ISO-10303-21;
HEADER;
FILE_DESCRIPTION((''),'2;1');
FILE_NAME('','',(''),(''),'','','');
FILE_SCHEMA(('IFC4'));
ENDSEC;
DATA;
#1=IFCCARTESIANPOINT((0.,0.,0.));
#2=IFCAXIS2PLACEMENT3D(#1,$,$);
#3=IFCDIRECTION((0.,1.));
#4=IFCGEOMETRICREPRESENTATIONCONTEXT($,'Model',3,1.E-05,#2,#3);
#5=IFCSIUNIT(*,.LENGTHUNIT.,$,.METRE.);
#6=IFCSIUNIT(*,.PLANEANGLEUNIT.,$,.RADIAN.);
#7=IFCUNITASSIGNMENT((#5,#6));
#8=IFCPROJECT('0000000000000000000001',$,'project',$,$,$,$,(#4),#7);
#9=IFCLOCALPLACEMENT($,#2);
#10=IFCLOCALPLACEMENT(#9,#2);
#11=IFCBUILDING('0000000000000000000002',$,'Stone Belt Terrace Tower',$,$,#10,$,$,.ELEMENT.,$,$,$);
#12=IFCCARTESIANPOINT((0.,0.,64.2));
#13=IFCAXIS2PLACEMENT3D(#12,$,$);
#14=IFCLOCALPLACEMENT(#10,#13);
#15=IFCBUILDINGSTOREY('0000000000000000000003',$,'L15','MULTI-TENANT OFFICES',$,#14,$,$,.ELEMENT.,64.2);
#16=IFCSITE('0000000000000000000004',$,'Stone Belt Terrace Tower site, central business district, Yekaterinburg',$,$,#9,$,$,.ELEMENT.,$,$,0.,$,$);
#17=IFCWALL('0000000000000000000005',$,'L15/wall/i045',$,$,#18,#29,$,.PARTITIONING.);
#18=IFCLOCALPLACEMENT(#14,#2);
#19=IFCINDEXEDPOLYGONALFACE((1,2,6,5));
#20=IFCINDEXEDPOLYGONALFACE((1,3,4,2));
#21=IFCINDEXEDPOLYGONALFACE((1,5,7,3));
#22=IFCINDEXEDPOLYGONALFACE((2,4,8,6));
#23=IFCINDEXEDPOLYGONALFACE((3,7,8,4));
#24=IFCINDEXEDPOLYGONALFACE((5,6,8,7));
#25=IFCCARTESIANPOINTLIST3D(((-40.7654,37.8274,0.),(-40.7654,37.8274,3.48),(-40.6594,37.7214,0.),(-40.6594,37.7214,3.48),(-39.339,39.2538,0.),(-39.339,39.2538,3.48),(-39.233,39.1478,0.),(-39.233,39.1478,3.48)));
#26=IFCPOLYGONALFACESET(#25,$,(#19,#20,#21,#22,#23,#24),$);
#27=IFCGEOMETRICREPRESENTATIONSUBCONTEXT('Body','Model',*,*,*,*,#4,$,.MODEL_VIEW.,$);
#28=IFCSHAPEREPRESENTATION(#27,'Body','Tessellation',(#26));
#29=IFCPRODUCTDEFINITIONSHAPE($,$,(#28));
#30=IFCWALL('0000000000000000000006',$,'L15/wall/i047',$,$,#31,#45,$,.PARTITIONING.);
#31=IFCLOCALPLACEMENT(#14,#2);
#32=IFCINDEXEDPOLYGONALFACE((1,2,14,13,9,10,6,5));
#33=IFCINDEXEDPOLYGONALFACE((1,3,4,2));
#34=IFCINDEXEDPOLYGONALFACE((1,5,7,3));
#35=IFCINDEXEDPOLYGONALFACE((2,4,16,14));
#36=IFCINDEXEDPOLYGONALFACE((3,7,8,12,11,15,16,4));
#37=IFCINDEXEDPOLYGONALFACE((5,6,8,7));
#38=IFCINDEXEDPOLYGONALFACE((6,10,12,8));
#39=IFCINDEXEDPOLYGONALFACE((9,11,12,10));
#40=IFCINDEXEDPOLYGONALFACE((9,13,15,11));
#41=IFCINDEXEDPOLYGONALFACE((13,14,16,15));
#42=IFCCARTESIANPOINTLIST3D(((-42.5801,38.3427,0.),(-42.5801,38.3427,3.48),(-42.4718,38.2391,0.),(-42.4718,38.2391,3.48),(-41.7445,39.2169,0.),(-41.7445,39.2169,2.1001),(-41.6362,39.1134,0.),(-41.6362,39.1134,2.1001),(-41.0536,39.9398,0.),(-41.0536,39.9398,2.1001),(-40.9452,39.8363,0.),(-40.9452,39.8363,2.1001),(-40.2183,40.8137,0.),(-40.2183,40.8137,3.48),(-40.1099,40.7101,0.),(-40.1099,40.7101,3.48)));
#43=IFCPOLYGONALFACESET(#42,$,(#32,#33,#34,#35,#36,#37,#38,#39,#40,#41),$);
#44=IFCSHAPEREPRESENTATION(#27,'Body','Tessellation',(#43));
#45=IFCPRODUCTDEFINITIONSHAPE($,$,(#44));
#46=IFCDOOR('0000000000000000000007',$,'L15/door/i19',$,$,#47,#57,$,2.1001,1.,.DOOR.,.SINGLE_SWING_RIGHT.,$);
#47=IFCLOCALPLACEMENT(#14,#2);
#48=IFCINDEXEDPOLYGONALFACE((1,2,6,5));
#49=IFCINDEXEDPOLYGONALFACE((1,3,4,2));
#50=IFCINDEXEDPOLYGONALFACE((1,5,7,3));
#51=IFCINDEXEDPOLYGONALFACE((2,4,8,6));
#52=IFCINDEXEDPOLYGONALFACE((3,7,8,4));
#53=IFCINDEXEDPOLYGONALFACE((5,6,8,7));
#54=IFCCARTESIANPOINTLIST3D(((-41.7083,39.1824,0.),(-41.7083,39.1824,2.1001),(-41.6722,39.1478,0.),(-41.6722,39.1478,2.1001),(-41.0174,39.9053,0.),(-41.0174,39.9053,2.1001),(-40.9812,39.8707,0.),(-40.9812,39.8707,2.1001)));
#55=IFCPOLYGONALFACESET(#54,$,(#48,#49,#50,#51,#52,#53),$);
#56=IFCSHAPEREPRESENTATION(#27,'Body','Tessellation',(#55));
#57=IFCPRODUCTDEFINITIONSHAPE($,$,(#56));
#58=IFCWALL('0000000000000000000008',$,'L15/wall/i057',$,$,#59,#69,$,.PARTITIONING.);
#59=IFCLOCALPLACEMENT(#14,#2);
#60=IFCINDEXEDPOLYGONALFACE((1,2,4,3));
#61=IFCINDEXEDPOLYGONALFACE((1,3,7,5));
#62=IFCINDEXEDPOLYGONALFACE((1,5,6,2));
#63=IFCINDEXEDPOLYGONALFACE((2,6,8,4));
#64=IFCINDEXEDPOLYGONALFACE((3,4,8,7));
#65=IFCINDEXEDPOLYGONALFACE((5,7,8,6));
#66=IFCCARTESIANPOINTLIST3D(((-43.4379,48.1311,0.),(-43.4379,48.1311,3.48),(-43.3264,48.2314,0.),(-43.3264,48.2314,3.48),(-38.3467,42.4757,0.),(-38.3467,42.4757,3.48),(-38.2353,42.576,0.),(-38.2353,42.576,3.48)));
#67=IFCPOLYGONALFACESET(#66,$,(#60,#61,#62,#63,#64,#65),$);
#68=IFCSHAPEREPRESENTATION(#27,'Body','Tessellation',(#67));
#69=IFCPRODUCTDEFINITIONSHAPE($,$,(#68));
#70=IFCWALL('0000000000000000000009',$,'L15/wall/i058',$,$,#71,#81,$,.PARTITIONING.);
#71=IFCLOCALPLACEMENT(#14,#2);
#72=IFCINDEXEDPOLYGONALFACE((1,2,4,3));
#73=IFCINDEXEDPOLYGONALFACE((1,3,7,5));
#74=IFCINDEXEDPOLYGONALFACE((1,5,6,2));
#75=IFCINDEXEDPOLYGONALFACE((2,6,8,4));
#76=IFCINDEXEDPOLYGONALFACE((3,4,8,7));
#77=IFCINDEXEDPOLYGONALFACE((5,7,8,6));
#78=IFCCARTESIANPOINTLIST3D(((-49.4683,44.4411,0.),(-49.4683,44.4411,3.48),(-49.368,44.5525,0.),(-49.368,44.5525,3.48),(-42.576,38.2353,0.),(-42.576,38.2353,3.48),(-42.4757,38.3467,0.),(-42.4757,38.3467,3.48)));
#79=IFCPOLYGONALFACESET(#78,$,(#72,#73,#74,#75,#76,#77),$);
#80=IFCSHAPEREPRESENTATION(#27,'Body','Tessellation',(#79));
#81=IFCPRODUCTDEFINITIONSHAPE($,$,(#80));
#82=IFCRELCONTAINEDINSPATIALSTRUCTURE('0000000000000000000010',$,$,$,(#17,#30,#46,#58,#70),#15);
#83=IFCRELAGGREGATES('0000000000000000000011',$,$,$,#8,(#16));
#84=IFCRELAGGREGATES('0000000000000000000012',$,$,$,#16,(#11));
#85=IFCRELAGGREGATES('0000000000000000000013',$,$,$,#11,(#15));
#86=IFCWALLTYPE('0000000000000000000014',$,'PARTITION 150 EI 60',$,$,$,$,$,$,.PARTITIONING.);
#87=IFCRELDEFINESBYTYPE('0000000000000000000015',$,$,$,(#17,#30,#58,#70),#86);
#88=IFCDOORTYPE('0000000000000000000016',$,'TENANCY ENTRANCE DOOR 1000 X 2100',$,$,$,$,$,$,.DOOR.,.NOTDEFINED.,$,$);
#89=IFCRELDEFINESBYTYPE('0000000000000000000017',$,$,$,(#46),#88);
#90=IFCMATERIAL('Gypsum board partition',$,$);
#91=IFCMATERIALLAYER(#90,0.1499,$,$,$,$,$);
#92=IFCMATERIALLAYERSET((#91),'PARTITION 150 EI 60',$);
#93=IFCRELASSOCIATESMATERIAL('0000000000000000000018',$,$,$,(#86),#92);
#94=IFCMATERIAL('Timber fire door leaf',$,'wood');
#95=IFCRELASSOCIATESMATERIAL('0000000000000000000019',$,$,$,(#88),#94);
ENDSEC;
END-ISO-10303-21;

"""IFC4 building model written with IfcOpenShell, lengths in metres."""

from ifc_helpers import new_model, si_unit, direction, frame, frame_2d, origin, place, context, subcontext, project, spatial, rectangle, extrude, material, layer, layer_set, type_object, element, fill, save


model = new_model("IFC4")

# Units and contexts
model_context = context("Model", 3, precision=1e-05, world=origin(), true_north=direction((0.0, 1.0)))
body_context = subcontext(model_context, "Body", "Model", "MODEL_VIEW")
ifc_project = project(units=[si_unit("LENGTHUNIT", "METRE"), si_unit("PLANEANGLEUNIT", "RADIAN")], contexts=[model_context])

# Site, building, storey
site_placement = place(None, origin())
site = spatial("IfcSite", under=ifc_project, at=site_placement, Name="Stone Belt Terrace Tower site, central business district, Yekaterinburg", CompositionType="ELEMENT", RefElevation=0.0)
building_placement = place(site_placement, origin())
building = spatial("IfcBuilding", under=site, at=building_placement, Name="Stone Belt Terrace Tower", CompositionType="ELEMENT")
storey_placement = place(building_placement, frame((0.0, 0.0, 64.2)))
storey = spatial("IfcBuildingStorey", under=building, at=storey_placement, Name="L15", Description="MULTI-TENANT OFFICES", CompositionType="ELEMENT", Elevation=64.2)

# Shared definitions
ifc_material_1 = material(Name="Gypsum board partition")

# Shared definitions
ifc_layer_1 = layer(ifc_material_1, 0.1499)
ifc_layer_set_1 = layer_set([ifc_layer_1], Name="PARTITION 150 EI 60")
wall_type_1 = type_object("IfcWallType", Name="PARTITION 150 EI 60", PredefinedType="PARTITIONING", material=ifc_layer_set_1)

# Shared definitions
ifc_material_2 = material(Name="Timber fire door leaf", Category="wood")
door_type_1 = type_object("IfcDoorType", Name="TENANCY ENTRANCE DOOR 1000 X 2100", OperationType="NOTDEFINED", PredefinedType="DOOR", material=ifc_material_2)

# Wall
wall_1_placement = place(storey_placement, frame((-39.2859, 39.2009, 0.0), z_axis=(0.0, 0.0, 1.0), x_axis=(-0.707107, -0.707107, 0.0)))
element("IfcWall", 1, at=wall_1_placement, inside=storey, type_object=wall_type_1, Name="L15/wall/i045", PredefinedType="PARTITIONING", context=body_context, shape_type="SweptSolid", body=[
    extrude(rectangle(XDim=2.0173, YDim=0.1499, at=frame_2d((1.0088, 0.0))), origin(), (0.0, 0.0, 1.0), 3.48),
])

# Wall, opening, door
wall_2_placement = place(storey_placement, frame((-42.5259, 38.291, 0.0), z_axis=(0.0, 0.0, 1.0), x_axis=(0.690963, 0.72289, 0.0)))
wall_2 = element("IfcWall", 2, at=wall_2_placement, inside=storey, type_object=wall_type_1, Name="L15/wall/i047", PredefinedType="PARTITIONING", context=body_context, shape_type="SweptSolid", body=[
    extrude(rectangle(XDim=3.4182, YDim=0.1499, at=frame_2d((1.709, 0.0))), origin(), (0.0, 0.0, 1.0), 3.48),
])
opening_1_placement = place(wall_2_placement, frame((1.2092, 0.0, 0.0)))
opening_1 = element("IfcOpeningElement", 3, at=opening_1_placement, cuts=wall_2, PredefinedType="OPENING", context=body_context, shape_type="SweptSolid", body=[
    extrude(rectangle(XDim=1.0, YDim=2.1001, at=frame_2d((0.5, 1.05))), frame((0.0, 0.085, 0.0), z_axis=(0.0, -1.0, 0.0), x_axis=(1.0, 0.0, 0.0)), (0.0, 0.0, 1.0), 0.1699),
])
door_1_placement = place(opening_1_placement, origin())
door_1 = element("IfcDoor", 4, at=door_1_placement, inside=storey, type_object=door_type_1, Name="L15/door/i19", OperationType="SINGLE_SWING_RIGHT", OverallHeight=2.1001, OverallWidth=1.0, PredefinedType="DOOR", context=body_context, shape_type="SweptSolid", body=[
    extrude(rectangle(XDim=1.0, YDim=2.1001, at=frame_2d((0.5, 1.05))), frame((0.0, 0.0249, 0.0), z_axis=(0.0, -1.0, 0.0), x_axis=(1.0, 0.0, 0.0)), (0.0, 0.0, 1.0), 0.05),
])
fill(opening_1, door_1)

# Walls
wall_3_placement = place(storey_placement, frame((-38.291, 42.5259, 0.0), z_axis=(0.0, 0.0, 1.0), x_axis=(-0.66906, 0.743208, 0.0)))
element("IfcWall", 5, at=wall_3_placement, inside=storey, type_object=wall_type_1, Name="L15/wall/i057", PredefinedType="PARTITIONING", context=body_context, shape_type="SweptSolid", body=[
    extrude(rectangle(XDim=7.6094, YDim=0.1499, at=frame_2d((3.8047, 0.0))), origin(), (0.0, 0.0, 1.0), 3.48),
])
wall_4_placement = place(storey_placement, frame((-42.5259, 38.291, 0.0), z_axis=(0.0, 0.0, 1.0), x_axis=(-0.743149, 0.669126, 0.0)))
element("IfcWall", 6, at=wall_4_placement, inside=storey, type_object=wall_type_1, Name="L15/wall/i058", PredefinedType="PARTITIONING", context=body_context, shape_type="SweptSolid", body=[
    extrude(rectangle(XDim=9.2744, YDim=0.1499, at=frame_2d((4.6372, 0.0))), origin(), (0.0, 0.0, 1.0), 3.48),
])

save(model, "model.ifc")
